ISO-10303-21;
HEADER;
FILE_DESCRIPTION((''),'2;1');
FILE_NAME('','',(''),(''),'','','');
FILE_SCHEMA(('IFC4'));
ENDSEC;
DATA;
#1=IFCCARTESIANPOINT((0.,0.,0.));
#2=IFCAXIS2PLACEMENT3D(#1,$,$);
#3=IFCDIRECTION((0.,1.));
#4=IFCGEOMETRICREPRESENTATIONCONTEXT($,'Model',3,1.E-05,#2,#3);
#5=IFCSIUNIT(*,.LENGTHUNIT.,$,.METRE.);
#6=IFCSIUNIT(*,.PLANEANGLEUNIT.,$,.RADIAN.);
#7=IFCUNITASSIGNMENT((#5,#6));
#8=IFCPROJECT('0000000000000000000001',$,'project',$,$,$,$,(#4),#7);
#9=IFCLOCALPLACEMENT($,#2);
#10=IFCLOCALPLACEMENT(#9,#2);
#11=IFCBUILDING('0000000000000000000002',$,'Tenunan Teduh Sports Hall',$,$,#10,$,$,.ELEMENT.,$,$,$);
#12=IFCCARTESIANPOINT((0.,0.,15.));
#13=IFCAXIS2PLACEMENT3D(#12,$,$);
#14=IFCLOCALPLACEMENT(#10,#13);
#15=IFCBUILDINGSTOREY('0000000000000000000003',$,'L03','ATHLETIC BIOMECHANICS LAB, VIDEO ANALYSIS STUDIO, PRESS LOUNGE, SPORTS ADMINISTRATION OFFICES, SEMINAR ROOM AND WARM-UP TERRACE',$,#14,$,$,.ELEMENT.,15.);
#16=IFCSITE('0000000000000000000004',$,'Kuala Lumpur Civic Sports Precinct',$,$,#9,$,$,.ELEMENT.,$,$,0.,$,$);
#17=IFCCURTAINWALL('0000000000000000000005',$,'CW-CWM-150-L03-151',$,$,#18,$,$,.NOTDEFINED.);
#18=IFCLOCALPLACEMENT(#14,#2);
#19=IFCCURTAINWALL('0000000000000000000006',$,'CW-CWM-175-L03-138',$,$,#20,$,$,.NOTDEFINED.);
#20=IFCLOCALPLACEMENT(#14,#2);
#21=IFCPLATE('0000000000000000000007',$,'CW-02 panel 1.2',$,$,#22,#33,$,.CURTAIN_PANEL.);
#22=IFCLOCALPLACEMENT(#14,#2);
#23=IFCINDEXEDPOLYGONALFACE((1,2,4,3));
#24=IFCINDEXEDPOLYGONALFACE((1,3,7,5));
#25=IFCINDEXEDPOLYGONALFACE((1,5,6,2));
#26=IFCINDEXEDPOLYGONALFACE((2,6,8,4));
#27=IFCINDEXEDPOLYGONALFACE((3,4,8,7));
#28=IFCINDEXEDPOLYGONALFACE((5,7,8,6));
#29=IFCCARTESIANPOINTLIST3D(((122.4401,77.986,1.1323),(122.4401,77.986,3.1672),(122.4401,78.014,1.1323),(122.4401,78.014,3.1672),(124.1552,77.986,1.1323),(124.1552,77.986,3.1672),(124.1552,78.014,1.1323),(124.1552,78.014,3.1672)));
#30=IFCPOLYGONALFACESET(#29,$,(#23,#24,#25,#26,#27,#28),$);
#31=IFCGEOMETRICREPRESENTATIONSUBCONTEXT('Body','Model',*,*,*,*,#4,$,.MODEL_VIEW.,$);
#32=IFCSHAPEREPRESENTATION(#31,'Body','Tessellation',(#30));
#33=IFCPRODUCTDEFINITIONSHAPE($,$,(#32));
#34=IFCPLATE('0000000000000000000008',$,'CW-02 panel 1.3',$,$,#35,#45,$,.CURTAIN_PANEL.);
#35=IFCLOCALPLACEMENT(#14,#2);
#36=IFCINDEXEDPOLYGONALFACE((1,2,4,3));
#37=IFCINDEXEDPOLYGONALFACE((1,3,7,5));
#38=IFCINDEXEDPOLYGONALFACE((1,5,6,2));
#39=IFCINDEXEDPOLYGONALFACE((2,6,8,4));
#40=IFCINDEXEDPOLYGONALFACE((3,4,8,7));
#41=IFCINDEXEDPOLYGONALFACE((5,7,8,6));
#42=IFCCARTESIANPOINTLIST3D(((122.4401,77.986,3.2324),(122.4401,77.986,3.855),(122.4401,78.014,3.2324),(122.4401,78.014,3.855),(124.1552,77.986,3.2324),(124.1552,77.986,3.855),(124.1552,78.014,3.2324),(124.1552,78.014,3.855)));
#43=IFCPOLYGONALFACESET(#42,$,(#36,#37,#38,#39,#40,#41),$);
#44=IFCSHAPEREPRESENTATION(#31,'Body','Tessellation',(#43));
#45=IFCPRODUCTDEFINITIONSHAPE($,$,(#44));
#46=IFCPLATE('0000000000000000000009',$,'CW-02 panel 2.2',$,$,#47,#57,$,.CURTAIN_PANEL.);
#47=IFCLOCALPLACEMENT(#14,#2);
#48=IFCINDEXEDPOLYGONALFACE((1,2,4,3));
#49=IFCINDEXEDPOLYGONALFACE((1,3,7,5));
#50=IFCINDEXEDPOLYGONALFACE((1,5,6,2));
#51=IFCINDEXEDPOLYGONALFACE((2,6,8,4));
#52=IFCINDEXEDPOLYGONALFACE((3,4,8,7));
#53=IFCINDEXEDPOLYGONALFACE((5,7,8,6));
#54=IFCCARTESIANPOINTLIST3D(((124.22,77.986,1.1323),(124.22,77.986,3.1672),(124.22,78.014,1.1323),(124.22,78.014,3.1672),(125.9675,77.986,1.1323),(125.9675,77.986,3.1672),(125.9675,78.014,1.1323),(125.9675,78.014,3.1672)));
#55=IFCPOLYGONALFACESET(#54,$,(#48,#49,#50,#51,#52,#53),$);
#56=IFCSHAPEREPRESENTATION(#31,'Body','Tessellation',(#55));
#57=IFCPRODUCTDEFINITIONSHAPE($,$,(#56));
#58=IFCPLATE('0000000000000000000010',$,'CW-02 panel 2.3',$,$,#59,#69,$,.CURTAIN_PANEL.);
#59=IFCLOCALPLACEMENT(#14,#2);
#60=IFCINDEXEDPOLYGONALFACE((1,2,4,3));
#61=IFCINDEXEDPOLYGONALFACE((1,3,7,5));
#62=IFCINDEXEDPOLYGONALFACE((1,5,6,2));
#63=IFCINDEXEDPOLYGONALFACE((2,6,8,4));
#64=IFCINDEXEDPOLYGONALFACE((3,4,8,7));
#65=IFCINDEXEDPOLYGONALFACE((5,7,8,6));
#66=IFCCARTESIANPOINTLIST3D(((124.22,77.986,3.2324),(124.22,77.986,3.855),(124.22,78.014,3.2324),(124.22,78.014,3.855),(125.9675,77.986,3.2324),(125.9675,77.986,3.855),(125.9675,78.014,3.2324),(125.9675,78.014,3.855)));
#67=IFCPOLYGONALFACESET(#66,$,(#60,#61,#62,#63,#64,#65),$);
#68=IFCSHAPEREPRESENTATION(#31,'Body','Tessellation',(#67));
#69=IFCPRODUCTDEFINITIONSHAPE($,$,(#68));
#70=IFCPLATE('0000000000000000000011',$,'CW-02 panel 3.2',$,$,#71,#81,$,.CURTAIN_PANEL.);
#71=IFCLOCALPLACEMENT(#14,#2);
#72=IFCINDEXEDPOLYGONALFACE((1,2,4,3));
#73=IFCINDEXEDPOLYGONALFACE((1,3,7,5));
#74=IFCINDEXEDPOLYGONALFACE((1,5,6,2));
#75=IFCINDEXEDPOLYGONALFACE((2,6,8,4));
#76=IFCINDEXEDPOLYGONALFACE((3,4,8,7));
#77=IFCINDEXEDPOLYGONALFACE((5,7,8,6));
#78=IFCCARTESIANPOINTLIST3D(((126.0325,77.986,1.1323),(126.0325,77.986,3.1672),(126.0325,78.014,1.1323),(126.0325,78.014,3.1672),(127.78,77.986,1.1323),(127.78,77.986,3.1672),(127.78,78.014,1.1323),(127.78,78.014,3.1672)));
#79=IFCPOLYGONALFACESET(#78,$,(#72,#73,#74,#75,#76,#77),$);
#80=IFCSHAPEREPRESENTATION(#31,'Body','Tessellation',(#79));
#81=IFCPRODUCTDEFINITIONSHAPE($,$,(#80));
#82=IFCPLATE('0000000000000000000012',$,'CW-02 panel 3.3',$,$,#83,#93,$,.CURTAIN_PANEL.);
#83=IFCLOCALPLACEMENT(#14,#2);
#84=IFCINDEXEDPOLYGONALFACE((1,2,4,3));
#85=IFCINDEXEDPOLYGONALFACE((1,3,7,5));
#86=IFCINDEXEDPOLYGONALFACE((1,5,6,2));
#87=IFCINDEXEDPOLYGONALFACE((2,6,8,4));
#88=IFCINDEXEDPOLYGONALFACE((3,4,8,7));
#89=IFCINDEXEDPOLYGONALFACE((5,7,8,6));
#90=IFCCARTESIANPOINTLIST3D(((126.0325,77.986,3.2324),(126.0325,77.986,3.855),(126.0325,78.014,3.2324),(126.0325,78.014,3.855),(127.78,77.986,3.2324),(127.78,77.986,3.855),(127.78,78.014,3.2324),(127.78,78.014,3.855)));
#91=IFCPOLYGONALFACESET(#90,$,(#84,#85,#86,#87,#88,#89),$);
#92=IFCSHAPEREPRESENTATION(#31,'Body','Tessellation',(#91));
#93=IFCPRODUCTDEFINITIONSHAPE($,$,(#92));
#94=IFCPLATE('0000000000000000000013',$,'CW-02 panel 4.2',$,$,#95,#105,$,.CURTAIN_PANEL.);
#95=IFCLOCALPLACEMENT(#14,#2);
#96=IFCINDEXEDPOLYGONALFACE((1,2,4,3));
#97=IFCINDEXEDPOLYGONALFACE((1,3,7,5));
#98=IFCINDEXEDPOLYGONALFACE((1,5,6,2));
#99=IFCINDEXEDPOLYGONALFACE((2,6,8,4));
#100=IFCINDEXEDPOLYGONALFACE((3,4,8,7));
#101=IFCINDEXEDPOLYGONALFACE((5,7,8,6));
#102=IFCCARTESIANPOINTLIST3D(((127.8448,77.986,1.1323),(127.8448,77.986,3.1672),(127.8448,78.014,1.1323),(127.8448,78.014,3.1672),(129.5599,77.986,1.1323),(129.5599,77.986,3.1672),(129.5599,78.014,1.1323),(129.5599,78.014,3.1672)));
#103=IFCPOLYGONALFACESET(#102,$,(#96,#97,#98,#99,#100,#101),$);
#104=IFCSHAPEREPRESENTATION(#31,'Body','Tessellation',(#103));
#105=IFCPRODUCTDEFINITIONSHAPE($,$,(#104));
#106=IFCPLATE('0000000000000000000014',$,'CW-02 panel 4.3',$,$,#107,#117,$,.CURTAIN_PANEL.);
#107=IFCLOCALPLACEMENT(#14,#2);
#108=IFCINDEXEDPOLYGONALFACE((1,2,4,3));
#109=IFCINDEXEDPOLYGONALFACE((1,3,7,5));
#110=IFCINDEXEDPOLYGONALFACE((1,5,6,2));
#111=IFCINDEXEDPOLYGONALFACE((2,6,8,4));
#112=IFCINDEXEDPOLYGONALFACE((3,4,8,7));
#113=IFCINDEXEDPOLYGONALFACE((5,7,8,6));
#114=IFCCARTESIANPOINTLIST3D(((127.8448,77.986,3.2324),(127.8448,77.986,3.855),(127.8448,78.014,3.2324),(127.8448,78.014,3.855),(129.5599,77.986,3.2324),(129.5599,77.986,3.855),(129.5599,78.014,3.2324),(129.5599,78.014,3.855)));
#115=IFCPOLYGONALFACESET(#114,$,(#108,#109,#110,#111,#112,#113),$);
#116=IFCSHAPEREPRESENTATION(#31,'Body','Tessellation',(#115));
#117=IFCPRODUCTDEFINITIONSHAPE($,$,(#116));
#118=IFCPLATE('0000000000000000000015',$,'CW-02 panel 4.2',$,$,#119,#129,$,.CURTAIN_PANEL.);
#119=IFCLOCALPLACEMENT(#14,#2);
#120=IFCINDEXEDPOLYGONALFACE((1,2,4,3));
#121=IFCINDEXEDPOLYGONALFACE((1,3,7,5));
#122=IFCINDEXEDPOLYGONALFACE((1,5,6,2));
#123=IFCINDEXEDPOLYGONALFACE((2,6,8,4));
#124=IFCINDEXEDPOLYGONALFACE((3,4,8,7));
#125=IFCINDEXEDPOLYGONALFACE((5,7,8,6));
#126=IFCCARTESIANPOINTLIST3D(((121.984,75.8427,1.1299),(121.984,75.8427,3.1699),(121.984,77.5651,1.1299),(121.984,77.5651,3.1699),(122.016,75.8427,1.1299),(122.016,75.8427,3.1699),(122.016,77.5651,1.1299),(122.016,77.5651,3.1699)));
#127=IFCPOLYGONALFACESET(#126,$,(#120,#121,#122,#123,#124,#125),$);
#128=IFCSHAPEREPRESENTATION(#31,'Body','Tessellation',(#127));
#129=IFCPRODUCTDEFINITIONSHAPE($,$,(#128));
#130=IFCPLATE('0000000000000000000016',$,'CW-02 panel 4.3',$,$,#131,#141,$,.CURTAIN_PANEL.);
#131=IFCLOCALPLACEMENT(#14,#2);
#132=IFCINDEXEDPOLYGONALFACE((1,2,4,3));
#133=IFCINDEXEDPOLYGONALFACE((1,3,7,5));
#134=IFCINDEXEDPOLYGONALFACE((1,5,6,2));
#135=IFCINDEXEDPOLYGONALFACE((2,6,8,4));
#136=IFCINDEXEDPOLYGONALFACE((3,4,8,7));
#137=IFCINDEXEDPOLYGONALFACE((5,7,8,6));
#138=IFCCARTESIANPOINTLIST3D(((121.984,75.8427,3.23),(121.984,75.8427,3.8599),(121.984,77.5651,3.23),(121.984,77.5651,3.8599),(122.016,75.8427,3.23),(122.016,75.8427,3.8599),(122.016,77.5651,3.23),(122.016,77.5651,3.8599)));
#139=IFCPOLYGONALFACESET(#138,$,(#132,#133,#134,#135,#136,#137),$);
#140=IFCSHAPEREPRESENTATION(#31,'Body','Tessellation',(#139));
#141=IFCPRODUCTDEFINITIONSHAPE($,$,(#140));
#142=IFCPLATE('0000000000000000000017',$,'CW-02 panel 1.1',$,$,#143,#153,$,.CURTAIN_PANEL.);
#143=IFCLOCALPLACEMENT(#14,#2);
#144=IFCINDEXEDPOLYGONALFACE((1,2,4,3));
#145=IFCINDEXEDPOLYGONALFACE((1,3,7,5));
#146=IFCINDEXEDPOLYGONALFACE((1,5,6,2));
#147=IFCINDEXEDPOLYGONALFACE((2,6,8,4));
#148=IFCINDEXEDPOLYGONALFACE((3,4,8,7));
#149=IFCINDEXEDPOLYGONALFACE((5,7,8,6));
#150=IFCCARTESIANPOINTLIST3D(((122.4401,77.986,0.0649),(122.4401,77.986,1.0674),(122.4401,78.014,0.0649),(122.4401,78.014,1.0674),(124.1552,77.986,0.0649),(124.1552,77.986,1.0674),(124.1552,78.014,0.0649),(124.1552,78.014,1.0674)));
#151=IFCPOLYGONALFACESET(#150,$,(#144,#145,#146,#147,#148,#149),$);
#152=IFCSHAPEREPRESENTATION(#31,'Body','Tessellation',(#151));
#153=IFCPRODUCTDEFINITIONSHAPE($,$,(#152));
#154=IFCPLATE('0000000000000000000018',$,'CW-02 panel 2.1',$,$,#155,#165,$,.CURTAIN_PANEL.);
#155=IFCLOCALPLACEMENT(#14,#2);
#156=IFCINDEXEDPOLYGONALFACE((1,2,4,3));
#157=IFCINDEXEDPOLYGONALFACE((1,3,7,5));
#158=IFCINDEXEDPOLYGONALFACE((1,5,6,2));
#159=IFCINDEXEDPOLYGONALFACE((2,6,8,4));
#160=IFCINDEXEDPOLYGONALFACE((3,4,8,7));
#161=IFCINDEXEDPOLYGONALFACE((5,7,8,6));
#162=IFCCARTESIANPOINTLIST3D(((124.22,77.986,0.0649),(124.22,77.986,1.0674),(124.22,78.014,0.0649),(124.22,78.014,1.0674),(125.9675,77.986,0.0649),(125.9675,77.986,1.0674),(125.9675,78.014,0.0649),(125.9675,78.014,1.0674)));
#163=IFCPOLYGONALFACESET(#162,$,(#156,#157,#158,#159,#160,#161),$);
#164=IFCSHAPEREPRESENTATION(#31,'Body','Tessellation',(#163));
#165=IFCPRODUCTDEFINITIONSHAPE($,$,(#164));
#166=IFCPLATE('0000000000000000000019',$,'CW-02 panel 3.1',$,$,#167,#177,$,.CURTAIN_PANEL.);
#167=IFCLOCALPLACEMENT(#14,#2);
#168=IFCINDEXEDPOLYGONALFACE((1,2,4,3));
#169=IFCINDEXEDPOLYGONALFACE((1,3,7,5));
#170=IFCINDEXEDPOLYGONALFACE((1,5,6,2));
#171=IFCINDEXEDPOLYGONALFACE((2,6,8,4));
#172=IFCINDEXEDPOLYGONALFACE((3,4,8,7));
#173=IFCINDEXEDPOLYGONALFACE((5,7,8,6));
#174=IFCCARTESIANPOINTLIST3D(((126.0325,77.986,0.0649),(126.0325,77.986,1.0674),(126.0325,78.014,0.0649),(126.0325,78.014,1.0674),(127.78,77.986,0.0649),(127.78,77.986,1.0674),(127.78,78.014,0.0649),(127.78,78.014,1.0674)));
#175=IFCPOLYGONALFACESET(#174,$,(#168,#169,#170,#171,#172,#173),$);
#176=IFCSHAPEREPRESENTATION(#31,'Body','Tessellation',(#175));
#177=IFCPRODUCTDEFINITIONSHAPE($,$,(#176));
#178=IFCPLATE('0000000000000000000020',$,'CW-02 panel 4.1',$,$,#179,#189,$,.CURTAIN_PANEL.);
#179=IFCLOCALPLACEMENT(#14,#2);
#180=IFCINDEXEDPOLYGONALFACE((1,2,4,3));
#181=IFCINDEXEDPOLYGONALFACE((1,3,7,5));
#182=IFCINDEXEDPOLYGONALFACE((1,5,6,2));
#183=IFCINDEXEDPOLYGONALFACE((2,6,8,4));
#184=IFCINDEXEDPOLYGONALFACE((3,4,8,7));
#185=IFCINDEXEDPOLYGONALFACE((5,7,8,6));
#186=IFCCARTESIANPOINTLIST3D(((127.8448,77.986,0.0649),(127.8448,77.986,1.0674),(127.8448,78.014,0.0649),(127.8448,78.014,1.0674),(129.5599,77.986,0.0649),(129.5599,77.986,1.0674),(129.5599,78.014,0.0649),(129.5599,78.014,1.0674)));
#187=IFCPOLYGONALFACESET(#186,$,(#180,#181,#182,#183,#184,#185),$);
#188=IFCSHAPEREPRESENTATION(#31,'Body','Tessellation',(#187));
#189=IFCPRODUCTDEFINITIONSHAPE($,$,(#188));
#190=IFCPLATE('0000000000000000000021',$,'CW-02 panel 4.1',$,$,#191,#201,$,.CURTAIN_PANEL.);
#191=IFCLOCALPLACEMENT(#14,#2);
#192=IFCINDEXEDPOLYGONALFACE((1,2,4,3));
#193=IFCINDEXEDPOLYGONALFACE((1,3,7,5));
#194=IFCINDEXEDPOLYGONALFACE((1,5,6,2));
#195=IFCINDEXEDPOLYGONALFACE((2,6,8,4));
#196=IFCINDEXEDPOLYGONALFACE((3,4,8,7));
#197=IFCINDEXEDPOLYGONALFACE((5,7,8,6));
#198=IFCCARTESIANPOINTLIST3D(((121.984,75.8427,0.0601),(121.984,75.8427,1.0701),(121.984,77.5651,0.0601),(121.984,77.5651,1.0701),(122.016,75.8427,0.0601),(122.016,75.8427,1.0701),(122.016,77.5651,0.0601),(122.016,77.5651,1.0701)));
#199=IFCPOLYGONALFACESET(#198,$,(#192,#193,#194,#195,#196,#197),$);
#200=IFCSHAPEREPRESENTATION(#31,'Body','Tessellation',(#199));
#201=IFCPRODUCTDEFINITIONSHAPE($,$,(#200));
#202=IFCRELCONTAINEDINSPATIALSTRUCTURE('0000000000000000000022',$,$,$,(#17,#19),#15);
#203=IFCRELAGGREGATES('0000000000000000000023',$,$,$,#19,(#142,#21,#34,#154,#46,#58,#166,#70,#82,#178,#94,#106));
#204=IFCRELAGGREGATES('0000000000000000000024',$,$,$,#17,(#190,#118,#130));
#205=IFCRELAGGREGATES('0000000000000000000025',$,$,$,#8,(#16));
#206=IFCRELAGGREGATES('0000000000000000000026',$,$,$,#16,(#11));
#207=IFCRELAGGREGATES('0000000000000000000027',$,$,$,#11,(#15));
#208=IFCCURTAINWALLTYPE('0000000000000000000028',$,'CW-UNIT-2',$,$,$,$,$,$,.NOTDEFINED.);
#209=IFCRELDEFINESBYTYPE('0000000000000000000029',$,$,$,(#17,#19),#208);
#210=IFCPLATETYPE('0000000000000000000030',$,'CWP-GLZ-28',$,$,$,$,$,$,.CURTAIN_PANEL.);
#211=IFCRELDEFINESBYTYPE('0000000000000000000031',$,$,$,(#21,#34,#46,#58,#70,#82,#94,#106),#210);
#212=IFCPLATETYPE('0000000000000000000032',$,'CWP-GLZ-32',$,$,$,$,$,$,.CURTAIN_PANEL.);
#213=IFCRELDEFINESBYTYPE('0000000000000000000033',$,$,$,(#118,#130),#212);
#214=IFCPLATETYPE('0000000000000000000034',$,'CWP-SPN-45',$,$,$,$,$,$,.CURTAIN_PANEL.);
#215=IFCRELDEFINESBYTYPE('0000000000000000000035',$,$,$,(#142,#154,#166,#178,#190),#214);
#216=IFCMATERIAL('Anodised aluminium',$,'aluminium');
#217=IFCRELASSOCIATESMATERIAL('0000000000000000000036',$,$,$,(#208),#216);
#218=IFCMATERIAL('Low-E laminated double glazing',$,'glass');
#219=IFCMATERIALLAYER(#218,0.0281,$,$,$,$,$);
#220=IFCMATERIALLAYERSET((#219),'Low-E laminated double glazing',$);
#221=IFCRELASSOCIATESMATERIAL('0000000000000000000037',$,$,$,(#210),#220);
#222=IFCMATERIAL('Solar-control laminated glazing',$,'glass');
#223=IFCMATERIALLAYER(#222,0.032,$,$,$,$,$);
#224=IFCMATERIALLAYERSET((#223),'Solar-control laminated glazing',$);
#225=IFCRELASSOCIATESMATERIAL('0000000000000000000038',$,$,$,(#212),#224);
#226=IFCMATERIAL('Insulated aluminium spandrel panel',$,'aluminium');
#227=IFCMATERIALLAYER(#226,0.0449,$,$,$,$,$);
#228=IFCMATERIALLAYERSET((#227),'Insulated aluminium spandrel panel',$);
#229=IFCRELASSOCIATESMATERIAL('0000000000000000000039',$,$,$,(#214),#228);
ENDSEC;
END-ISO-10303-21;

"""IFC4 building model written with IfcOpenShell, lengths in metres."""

from ifc_helpers import new_model, si_unit, direction, frame, origin, origin_2d, place, context, subcontext, project, spatial, rectangle, extrude, material, layer, layer_set, type_object, element, aggregate, save


model = new_model("IFC4")

# Units and contexts
model_context = context("Model", 3, precision=1e-05, world=origin(), true_north=direction((0.0, 1.0)))
body_context = subcontext(model_context, "Body", "Model", "MODEL_VIEW")
ifc_project = project(units=[si_unit("LENGTHUNIT", "METRE"), si_unit("PLANEANGLEUNIT", "RADIAN")], contexts=[model_context])

# Site, building, storey
site_placement = place(None, origin())
site = spatial("IfcSite", under=ifc_project, at=site_placement, Name="Kuala Lumpur Civic Sports Precinct", CompositionType="ELEMENT", RefElevation=0.0)
building_placement = place(site_placement, origin())
building = spatial("IfcBuilding", under=site, at=building_placement, Name="Tenunan Teduh Sports Hall", CompositionType="ELEMENT")
storey_placement = place(building_placement, frame((0.0, 0.0, 15.0)))
storey = spatial("IfcBuildingStorey", under=building, at=storey_placement, Name="L03", Description="ATHLETIC BIOMECHANICS LAB, VIDEO ANALYSIS STUDIO, PRESS LOUNGE, SPORTS ADMINISTRATION OFFICES, SEMINAR ROOM AND WARM-UP TERRACE", CompositionType="ELEMENT", Elevation=15.0)

# Curtain wall
ifc_material_1 = material(Name="Anodised aluminium", Category="aluminium")
curtain_wall_type = type_object("IfcCurtainWallType", Name="CW-UNIT-2", PredefinedType="NOTDEFINED", material=ifc_material_1)
curtain_wall_1_placement = place(storey_placement, origin())
curtain_wall_1 = element("IfcCurtainWall", 1, at=curtain_wall_1_placement, inside=storey, type_object=curtain_wall_type, Name="CW-CWM-150-L03-151", PredefinedType="NOTDEFINED")

# Curtain wall
curtain_wall_2_placement = place(storey_placement, origin())
curtain_wall_2 = element("IfcCurtainWall", 2, at=curtain_wall_2_placement, inside=storey, type_object=curtain_wall_type, Name="CW-CWM-175-L03-138", PredefinedType="NOTDEFINED")

# Plates
ifc_material_2 = material(Name="Low-E laminated double glazing", Category="glass")
ifc_layer_1 = layer(ifc_material_2, 0.0281)
ifc_layer_set_1 = layer_set([ifc_layer_1], Name="Low-E laminated double glazing")
plate_type_1 = type_object("IfcPlateType", Name="CWP-GLZ-28", PredefinedType="CURTAIN_PANEL", material=ifc_layer_set_1)
plate_1_placement = place(storey_placement, frame((123.2976, 78.0, 1.1323), z_axis=(0.0, 0.0, 1.0), x_axis=(1.0, 0.0, 0.0)))
plate_1 = element("IfcPlate", 3, at=plate_1_placement, type_object=plate_type_1, Name="CW-02 panel 1.2", PredefinedType="CURTAIN_PANEL", context=body_context, shape_type="SweptSolid", body=[
    extrude(rectangle(XDim=1.7151, YDim=0.0281, at=origin_2d()), origin(), (0.0, 0.0, 1.0), 2.0349),
])
plate_2_placement = place(storey_placement, frame((123.2976, 78.0, 3.2324), z_axis=(0.0, 0.0, 1.0), x_axis=(1.0, 0.0, 0.0)))
plate_2 = element("IfcPlate", 4, at=plate_2_placement, type_object=plate_type_1, Name="CW-02 panel 1.3", PredefinedType="CURTAIN_PANEL", context=body_context, shape_type="SweptSolid", body=[
    extrude(rectangle(XDim=1.7151, YDim=0.0281, at=origin_2d()), origin(), (0.0, 0.0, 1.0), 0.6226),
])
plate_3_placement = place(storey_placement, frame((125.0938, 78.0, 1.1323), z_axis=(0.0, 0.0, 1.0), x_axis=(1.0, 0.0, 0.0)))
plate_3 = element("IfcPlate", 5, at=plate_3_placement, type_object=plate_type_1, Name="CW-02 panel 2.2", PredefinedType="CURTAIN_PANEL", context=body_context, shape_type="SweptSolid", body=[
    extrude(rectangle(XDim=1.7476, YDim=0.0281, at=origin_2d()), origin(), (0.0, 0.0, 1.0), 2.0349),
])
plate_4_placement = place(storey_placement, frame((125.0938, 78.0, 3.2324), z_axis=(0.0, 0.0, 1.0), x_axis=(1.0, 0.0, 0.0)))
plate_4 = element("IfcPlate", 6, at=plate_4_placement, type_object=plate_type_1, Name="CW-02 panel 2.3", PredefinedType="CURTAIN_PANEL", context=body_context, shape_type="SweptSolid", body=[
    extrude(rectangle(XDim=1.7476, YDim=0.0281, at=origin_2d()), origin(), (0.0, 0.0, 1.0), 0.6226),
])
plate_5_placement = place(storey_placement, frame((126.9062, 78.0, 1.1323), z_axis=(0.0, 0.0, 1.0), x_axis=(1.0, 0.0, 0.0)))
plate_5 = element("IfcPlate", 7, at=plate_5_placement, type_object=plate_type_1, Name="CW-02 panel 3.2", PredefinedType="CURTAIN_PANEL", context=body_context, shape_type="SweptSolid", body=[
    extrude(rectangle(XDim=1.7476, YDim=0.0281, at=origin_2d()), origin(), (0.0, 0.0, 1.0), 2.0349),
])
plate_6_placement = place(storey_placement, frame((126.9062, 78.0, 3.2324), z_axis=(0.0, 0.0, 1.0), x_axis=(1.0, 0.0, 0.0)))
plate_6 = element("IfcPlate", 8, at=plate_6_placement, type_object=plate_type_1, Name="CW-02 panel 3.3", PredefinedType="CURTAIN_PANEL", context=body_context, shape_type="SweptSolid", body=[
    extrude(rectangle(XDim=1.7476, YDim=0.0281, at=origin_2d()), origin(), (0.0, 0.0, 1.0), 0.6226),
])
plate_7_placement = place(storey_placement, frame((128.7024, 78.0, 1.1323), z_axis=(0.0, 0.0, 1.0), x_axis=(1.0, 0.0, 0.0)))
plate_7 = element("IfcPlate", 9, at=plate_7_placement, type_object=plate_type_1, Name="CW-02 panel 4.2", PredefinedType="CURTAIN_PANEL", context=body_context, shape_type="SweptSolid", body=[
    extrude(rectangle(XDim=1.7151, YDim=0.0281, at=origin_2d()), origin(), (0.0, 0.0, 1.0), 2.0349),
])
plate_8_placement = place(storey_placement, frame((128.7024, 78.0, 3.2324), z_axis=(0.0, 0.0, 1.0), x_axis=(1.0, 0.0, 0.0)))
plate_8 = element("IfcPlate", 10, at=plate_8_placement, type_object=plate_type_1, Name="CW-02 panel 4.3", PredefinedType="CURTAIN_PANEL", context=body_context, shape_type="SweptSolid", body=[
    extrude(rectangle(XDim=1.7151, YDim=0.0281, at=origin_2d()), origin(), (0.0, 0.0, 1.0), 0.6226),
])
ifc_material_3 = material(Name="Solar-control laminated glazing", Category="glass")
ifc_layer_2 = layer(ifc_material_3, 0.032)
ifc_layer_set_2 = layer_set([ifc_layer_2], Name="Solar-control laminated glazing")
plate_type_2 = type_object("IfcPlateType", Name="CWP-GLZ-32", PredefinedType="CURTAIN_PANEL", material=ifc_layer_set_2)
plate_9_placement = place(storey_placement, frame((122.0, 76.7039, 1.1299), z_axis=(0.0, 0.0, 1.0), x_axis=(0.0, 1.0, 0.0)))
plate_9 = element("IfcPlate", 11, at=plate_9_placement, type_object=plate_type_2, Name="CW-02 panel 4.2", PredefinedType="CURTAIN_PANEL", context=body_context, shape_type="SweptSolid", body=[
    extrude(rectangle(XDim=1.7224, YDim=0.032, at=origin_2d()), origin(), (0.0, 0.0, 1.0), 2.04),
])
plate_10_placement = place(storey_placement, frame((122.0, 76.7039, 3.23), z_axis=(0.0, 0.0, 1.0), x_axis=(0.0, 1.0, 0.0)))
plate_10 = element("IfcPlate", 12, at=plate_10_placement, type_object=plate_type_2, Name="CW-02 panel 4.3", PredefinedType="CURTAIN_PANEL", context=body_context, shape_type="SweptSolid", body=[
    extrude(rectangle(XDim=1.7224, YDim=0.032, at=origin_2d()), origin(), (0.0, 0.0, 1.0), 0.6299),
])
ifc_material_4 = material(Name="Insulated aluminium spandrel panel", Category="aluminium")
ifc_layer_3 = layer(ifc_material_4, 0.0449)
ifc_layer_set_3 = layer_set([ifc_layer_3], Name="Insulated aluminium spandrel panel")
plate_type_3 = type_object("IfcPlateType", Name="CWP-SPN-45", PredefinedType="CURTAIN_PANEL", material=ifc_layer_set_3)
plate_11_placement = place(storey_placement, frame((123.2976, 78.0, 0.0649), z_axis=(0.0, 0.0, 1.0), x_axis=(1.0, 0.0, 0.0)))
plate_11 = element("IfcPlate", 13, at=plate_11_placement, type_object=plate_type_3, Name="CW-02 panel 1.1", PredefinedType="CURTAIN_PANEL", context=body_context, shape_type="SweptSolid", body=[
    extrude(rectangle(XDim=1.7151, YDim=0.0281, at=origin_2d()), origin(), (0.0, 0.0, 1.0), 1.0024),
])
plate_12_placement = place(storey_placement, frame((125.0938, 78.0, 0.0649), z_axis=(0.0, 0.0, 1.0), x_axis=(1.0, 0.0, 0.0)))
plate_12 = element("IfcPlate", 14, at=plate_12_placement, type_object=plate_type_3, Name="CW-02 panel 2.1", PredefinedType="CURTAIN_PANEL", context=body_context, shape_type="SweptSolid", body=[
    extrude(rectangle(XDim=1.7476, YDim=0.0281, at=origin_2d()), origin(), (0.0, 0.0, 1.0), 1.0024),
])
plate_13_placement = place(storey_placement, frame((126.9062, 78.0, 0.0649), z_axis=(0.0, 0.0, 1.0), x_axis=(1.0, 0.0, 0.0)))
plate_13 = element("IfcPlate", 15, at=plate_13_placement, type_object=plate_type_3, Name="CW-02 panel 3.1", PredefinedType="CURTAIN_PANEL", context=body_context, shape_type="SweptSolid", body=[
    extrude(rectangle(XDim=1.7476, YDim=0.0281, at=origin_2d()), origin(), (0.0, 0.0, 1.0), 1.0024),
])
plate_14_placement = place(storey_placement, frame((128.7024, 78.0, 0.0649), z_axis=(0.0, 0.0, 1.0), x_axis=(1.0, 0.0, 0.0)))
plate_14 = element("IfcPlate", 16, at=plate_14_placement, type_object=plate_type_3, Name="CW-02 panel 4.1", PredefinedType="CURTAIN_PANEL", context=body_context, shape_type="SweptSolid", body=[
    extrude(rectangle(XDim=1.7151, YDim=0.0281, at=origin_2d()), origin(), (0.0, 0.0, 1.0), 1.0024),
])
aggregate(curtain_wall_2, [plate_11, plate_1, plate_2, plate_12, plate_3, plate_4, plate_13, plate_5, plate_6, plate_14, plate_7, plate_8])
plate_15_placement = place(storey_placement, frame((122.0, 76.7039, 0.0601), z_axis=(0.0, 0.0, 1.0), x_axis=(0.0, 1.0, 0.0)))
plate_15 = element("IfcPlate", 17, at=plate_15_placement, type_object=plate_type_3, Name="CW-02 panel 4.1", PredefinedType="CURTAIN_PANEL", context=body_context, shape_type="SweptSolid", body=[
    extrude(rectangle(XDim=1.7224, YDim=0.032, at=origin_2d()), origin(), (0.0, 0.0, 1.0), 1.01),
])
aggregate(curtain_wall_1, [plate_15, plate_9, plate_10])

save(model, "model.ifc")
